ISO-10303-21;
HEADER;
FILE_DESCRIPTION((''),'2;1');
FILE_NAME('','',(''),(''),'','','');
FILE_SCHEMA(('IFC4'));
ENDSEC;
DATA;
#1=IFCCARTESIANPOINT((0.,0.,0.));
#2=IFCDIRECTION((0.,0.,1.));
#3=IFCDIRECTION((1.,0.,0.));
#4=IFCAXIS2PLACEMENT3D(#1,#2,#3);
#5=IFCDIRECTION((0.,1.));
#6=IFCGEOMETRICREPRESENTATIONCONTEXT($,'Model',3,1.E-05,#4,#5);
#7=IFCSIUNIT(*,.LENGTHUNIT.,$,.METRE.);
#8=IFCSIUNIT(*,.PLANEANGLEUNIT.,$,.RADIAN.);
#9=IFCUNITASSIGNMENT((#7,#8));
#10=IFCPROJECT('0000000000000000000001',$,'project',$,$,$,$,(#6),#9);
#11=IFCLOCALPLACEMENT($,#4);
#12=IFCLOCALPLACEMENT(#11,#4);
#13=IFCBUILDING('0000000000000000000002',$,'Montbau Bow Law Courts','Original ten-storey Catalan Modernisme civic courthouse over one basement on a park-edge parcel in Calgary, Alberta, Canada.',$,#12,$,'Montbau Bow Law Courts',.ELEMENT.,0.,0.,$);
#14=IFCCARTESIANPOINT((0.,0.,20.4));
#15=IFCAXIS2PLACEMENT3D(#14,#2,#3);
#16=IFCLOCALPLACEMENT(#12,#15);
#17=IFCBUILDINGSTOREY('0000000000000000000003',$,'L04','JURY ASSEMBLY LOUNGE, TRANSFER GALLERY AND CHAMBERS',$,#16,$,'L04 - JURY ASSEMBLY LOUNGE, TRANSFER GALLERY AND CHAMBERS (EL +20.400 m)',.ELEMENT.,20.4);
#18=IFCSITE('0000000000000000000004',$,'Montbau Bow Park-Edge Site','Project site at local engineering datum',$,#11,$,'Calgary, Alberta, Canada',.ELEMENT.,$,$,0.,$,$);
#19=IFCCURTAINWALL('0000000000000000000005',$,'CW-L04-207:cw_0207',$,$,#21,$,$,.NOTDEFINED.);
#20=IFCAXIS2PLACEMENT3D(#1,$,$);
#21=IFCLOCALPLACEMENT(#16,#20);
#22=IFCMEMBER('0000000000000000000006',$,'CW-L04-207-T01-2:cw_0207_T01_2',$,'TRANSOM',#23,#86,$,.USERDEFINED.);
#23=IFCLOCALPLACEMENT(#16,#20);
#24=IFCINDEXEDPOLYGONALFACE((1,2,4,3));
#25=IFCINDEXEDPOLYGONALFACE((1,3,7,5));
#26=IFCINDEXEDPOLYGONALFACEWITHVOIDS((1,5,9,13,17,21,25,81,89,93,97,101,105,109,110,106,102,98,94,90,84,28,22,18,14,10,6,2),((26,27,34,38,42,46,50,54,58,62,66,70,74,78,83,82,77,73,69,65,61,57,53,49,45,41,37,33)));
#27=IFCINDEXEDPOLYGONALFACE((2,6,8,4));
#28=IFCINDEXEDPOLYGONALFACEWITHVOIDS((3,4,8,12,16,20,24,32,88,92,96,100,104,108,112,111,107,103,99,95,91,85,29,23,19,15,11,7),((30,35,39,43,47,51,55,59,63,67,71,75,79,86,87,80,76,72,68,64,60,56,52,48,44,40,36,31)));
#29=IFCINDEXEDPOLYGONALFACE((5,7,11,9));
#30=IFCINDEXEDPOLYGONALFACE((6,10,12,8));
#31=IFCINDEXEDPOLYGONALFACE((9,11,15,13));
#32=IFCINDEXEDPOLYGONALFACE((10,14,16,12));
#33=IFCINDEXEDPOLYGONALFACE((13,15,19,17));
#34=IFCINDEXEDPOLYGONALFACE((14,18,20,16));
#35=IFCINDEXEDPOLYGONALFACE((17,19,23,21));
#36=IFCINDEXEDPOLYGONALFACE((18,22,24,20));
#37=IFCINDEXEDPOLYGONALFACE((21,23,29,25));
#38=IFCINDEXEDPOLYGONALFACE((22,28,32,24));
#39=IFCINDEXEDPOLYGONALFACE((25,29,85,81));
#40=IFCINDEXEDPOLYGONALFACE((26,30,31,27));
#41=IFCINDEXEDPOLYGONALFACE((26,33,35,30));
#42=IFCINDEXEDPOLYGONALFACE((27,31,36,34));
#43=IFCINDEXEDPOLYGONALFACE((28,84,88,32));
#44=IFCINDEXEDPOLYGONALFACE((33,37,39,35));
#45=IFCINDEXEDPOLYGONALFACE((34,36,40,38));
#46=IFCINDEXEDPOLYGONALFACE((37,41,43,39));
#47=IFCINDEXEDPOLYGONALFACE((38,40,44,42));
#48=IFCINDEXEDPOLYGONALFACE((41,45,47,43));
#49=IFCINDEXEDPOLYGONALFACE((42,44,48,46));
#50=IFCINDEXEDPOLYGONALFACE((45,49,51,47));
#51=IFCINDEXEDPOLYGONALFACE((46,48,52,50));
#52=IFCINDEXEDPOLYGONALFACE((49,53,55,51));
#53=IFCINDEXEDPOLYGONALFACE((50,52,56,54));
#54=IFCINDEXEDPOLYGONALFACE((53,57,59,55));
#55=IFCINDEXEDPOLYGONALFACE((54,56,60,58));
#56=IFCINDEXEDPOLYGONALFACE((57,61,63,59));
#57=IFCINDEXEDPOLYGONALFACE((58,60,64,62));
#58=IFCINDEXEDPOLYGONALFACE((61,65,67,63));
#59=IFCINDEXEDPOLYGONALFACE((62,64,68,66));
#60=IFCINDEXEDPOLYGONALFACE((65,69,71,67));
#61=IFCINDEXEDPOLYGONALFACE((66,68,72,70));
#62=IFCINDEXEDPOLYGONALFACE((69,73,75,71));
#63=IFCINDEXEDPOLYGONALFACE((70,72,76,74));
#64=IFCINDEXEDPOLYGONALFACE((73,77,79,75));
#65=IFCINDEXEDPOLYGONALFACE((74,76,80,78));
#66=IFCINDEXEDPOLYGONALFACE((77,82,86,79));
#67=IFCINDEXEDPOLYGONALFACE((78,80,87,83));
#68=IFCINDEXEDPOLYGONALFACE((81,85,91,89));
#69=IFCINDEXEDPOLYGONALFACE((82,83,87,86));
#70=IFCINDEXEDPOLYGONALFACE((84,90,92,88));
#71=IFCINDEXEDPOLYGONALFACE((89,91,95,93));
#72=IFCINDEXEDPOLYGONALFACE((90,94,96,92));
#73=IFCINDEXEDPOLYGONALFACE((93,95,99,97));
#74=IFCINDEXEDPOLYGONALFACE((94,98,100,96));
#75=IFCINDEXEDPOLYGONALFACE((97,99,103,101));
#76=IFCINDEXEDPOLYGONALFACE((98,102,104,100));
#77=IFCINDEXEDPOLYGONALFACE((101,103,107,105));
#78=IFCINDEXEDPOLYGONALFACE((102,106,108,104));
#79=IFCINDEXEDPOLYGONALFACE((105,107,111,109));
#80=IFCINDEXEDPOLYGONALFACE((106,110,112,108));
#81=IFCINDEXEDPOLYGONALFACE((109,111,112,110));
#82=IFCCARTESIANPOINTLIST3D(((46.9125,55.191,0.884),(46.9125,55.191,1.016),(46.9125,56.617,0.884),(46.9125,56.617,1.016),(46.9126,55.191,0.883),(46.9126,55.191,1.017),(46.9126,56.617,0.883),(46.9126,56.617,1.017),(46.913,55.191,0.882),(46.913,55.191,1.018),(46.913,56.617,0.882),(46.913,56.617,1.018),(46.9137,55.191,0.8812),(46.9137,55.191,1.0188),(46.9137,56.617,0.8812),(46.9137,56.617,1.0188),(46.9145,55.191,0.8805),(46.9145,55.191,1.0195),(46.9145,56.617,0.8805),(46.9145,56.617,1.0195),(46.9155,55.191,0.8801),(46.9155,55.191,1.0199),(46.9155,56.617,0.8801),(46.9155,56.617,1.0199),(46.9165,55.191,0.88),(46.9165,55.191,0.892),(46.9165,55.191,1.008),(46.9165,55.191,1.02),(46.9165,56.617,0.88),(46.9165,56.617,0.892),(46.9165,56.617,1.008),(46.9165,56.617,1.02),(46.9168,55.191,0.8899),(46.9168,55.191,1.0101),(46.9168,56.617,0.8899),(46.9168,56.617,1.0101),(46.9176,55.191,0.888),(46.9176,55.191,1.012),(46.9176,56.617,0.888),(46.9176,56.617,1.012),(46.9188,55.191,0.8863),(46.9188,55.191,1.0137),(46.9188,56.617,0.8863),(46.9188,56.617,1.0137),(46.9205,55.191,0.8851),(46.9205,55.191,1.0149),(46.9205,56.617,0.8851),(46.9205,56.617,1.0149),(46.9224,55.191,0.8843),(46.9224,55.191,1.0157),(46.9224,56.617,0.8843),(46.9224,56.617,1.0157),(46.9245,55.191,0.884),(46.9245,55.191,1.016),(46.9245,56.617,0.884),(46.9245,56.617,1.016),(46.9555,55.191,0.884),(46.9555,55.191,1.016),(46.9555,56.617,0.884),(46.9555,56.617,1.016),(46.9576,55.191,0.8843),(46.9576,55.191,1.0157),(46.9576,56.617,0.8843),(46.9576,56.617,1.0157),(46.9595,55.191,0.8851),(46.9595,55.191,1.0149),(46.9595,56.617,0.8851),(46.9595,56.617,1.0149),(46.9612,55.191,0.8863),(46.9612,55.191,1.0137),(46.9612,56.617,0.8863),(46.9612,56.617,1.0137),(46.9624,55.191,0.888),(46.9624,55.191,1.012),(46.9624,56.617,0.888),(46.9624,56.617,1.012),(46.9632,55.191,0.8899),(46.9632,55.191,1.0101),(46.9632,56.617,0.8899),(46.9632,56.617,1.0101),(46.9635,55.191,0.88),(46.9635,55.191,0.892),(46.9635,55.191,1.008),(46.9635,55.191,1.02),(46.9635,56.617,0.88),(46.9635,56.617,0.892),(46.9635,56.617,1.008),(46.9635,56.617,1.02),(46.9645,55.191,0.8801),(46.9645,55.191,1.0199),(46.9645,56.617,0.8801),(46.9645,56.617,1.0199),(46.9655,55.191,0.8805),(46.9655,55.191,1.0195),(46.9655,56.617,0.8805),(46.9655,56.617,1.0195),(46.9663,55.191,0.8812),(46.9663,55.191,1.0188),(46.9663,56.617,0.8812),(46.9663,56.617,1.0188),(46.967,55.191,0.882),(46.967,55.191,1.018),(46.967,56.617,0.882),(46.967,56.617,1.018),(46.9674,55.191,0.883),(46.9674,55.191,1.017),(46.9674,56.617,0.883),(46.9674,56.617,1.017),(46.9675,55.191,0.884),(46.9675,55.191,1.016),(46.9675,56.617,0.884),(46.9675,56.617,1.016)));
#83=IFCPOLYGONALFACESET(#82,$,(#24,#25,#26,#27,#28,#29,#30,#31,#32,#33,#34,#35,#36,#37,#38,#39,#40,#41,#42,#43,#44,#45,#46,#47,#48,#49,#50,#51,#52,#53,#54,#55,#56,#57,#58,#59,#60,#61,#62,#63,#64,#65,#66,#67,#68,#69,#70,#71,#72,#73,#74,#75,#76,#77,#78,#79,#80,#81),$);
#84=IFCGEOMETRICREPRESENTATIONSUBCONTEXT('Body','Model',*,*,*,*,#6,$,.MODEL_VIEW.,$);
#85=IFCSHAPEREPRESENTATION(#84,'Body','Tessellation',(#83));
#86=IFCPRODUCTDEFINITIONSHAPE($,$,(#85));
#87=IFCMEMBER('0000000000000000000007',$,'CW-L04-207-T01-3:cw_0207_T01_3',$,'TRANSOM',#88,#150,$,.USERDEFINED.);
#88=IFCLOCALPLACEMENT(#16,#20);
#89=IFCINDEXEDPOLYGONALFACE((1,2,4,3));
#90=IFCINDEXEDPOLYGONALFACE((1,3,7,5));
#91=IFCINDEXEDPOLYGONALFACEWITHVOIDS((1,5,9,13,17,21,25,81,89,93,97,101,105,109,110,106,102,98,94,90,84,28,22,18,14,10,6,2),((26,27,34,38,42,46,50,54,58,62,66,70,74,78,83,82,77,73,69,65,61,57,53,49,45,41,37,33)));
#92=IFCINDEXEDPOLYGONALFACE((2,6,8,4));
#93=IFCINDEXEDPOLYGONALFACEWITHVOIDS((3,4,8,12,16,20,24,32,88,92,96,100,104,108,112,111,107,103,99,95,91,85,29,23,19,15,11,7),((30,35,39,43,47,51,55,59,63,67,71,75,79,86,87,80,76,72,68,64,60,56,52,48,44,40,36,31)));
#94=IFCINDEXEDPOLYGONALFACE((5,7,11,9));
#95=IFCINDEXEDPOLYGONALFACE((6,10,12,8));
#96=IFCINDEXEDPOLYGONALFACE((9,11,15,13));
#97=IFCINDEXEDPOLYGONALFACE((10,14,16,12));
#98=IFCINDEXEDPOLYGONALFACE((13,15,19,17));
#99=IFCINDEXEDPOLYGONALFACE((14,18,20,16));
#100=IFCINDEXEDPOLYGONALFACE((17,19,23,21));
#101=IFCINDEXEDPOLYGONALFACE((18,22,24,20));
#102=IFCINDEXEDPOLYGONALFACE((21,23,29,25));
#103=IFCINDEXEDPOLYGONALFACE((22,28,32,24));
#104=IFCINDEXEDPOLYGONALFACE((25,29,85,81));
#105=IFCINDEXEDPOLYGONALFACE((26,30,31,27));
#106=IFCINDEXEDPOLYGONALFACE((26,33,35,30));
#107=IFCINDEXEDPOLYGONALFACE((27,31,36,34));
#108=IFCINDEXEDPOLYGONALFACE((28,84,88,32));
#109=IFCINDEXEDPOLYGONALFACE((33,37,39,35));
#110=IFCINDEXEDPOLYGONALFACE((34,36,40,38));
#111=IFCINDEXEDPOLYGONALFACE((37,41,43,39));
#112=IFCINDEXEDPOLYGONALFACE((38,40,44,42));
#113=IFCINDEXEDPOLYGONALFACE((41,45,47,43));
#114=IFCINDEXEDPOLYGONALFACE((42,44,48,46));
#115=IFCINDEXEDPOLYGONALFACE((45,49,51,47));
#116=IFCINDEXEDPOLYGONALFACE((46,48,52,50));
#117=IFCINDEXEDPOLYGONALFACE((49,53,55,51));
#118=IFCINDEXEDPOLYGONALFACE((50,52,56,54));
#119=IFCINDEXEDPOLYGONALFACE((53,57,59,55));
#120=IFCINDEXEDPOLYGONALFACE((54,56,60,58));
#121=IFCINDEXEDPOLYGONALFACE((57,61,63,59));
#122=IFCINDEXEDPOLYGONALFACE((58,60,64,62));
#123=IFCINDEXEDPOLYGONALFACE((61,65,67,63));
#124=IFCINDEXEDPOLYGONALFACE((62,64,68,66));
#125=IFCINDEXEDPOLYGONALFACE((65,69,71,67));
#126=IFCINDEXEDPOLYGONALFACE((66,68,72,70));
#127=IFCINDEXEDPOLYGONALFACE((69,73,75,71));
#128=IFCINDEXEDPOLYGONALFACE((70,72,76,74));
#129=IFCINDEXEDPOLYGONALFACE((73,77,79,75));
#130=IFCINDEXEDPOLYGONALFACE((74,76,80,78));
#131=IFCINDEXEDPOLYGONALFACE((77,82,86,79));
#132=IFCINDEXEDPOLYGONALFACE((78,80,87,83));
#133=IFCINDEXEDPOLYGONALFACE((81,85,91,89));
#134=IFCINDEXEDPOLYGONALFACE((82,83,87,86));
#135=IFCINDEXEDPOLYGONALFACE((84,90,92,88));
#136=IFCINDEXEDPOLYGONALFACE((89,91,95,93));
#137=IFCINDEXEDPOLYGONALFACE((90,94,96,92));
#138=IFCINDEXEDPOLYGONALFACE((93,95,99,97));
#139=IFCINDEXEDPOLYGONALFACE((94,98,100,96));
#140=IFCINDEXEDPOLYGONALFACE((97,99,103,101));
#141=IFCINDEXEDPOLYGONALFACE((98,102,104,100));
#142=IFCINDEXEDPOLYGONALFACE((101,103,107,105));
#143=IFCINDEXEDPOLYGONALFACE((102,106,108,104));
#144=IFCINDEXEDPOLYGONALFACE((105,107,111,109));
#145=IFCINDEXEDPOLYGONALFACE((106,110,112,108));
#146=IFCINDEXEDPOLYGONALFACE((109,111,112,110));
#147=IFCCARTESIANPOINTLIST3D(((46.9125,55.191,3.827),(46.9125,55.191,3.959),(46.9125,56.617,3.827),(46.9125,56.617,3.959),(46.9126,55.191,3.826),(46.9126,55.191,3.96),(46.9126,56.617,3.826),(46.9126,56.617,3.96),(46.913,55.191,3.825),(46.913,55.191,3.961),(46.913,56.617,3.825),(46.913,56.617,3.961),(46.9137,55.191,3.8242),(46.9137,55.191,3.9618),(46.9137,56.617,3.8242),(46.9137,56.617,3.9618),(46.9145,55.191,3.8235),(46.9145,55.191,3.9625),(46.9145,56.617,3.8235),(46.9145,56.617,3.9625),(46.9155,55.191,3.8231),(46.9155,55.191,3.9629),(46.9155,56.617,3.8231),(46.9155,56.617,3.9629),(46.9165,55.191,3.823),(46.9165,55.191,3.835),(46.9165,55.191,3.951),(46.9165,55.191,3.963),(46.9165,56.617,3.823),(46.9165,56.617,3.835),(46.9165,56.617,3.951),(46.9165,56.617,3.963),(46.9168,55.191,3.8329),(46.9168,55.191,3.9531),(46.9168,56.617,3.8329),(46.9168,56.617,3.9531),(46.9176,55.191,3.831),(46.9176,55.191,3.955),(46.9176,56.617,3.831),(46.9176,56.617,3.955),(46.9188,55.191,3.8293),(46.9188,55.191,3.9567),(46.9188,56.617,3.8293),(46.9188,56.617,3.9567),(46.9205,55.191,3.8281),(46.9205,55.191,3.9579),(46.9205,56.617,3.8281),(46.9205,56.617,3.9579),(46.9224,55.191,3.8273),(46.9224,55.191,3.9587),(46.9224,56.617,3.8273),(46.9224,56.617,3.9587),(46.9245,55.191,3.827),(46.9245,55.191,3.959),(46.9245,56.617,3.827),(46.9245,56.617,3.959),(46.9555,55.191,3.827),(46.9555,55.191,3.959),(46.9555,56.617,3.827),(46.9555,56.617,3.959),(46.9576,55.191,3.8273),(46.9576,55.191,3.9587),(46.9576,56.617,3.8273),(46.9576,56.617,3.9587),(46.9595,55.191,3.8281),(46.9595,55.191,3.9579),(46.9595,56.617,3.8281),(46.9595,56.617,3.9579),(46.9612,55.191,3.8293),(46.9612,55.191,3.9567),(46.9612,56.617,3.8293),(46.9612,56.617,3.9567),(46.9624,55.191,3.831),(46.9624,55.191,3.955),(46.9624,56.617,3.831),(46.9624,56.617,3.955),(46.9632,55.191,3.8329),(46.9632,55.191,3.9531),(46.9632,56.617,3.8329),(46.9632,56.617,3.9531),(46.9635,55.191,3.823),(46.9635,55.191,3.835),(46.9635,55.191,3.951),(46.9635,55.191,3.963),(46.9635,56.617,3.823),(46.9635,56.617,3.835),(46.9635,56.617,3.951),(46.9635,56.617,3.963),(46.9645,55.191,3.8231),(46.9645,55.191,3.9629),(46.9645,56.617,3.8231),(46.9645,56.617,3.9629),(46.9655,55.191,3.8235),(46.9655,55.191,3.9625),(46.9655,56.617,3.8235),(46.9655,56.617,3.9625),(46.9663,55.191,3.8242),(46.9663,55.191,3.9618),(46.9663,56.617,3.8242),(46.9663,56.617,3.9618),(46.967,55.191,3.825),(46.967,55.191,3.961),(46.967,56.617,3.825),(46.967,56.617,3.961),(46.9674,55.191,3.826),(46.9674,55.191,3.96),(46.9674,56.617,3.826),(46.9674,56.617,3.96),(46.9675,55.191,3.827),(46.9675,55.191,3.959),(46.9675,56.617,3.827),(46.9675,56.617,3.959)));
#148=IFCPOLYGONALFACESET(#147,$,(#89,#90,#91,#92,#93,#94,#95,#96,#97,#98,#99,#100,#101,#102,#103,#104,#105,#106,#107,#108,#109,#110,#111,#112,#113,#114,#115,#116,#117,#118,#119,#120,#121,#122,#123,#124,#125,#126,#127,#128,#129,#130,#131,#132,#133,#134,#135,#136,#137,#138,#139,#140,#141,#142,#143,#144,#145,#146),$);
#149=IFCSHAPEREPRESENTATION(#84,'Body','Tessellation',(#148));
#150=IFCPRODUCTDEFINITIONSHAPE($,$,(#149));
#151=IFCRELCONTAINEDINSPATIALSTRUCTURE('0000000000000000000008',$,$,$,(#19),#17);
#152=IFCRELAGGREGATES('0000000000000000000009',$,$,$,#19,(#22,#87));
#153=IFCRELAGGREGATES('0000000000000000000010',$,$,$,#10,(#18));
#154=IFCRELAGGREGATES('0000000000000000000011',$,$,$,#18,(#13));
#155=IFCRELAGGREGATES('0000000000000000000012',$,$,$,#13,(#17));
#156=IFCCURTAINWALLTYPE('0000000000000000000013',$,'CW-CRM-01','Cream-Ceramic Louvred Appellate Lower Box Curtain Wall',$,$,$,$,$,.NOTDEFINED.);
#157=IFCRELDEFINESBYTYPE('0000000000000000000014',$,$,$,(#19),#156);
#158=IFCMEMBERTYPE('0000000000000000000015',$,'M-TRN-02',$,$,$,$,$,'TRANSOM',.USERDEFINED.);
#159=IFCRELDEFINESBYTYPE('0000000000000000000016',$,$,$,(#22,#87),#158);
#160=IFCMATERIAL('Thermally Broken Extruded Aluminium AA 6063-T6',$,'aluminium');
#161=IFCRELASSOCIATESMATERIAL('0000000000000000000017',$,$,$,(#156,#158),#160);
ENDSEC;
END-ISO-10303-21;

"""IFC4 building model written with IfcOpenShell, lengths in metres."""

from ifc_helpers import new_model, si_unit, direction, frame, origin_with_axes, origin_2d_with_axis, place, context, subcontext, project, spatial, hollow_rectangle, extrude, material, material_profile, profile_set, type_object, element, aggregate, save


model = new_model("IFC4")

# Units and contexts
model_context = context("Model", 3, precision=1e-05, world=origin_with_axes(), true_north=direction((0.0, 1.0)))
body_context = subcontext(model_context, "Body", "Model", "MODEL_VIEW")
ifc_project = project(units=[si_unit("LENGTHUNIT", "METRE"), si_unit("PLANEANGLEUNIT", "RADIAN")], contexts=[model_context])

# Site, building, storey
site_placement = place(None, origin_with_axes())
site = spatial("IfcSite", under=ifc_project, at=site_placement, Name="Montbau Bow Park-Edge Site", Description="Project site at local engineering datum", LongName="Calgary, Alberta, Canada", CompositionType="ELEMENT", RefElevation=0.0)
building_placement = place(site_placement, origin_with_axes())
building = spatial("IfcBuilding", under=site, at=building_placement, Name="Montbau Bow Law Courts", Description="Original ten-storey Catalan Modernisme civic courthouse over one basement on a park-edge parcel in Calgary, Alberta, Canada.", LongName="Montbau Bow Law Courts", CompositionType="ELEMENT", ElevationOfRefHeight=0.0, ElevationOfTerrain=0.0)
storey_placement = place(building_placement, frame((0.0, 0.0, 20.4), z_axis=(0.0, 0.0, 1.0), x_axis=(1.0, 0.0, 0.0)))
storey = spatial("IfcBuildingStorey", under=building, at=storey_placement, Name="L04", Description="JURY ASSEMBLY LOUNGE, TRANSFER GALLERY AND CHAMBERS", LongName="L04 - JURY ASSEMBLY LOUNGE, TRANSFER GALLERY AND CHAMBERS (EL +20.400 m)", CompositionType="ELEMENT", Elevation=20.4)

# Curtain wall
ifc_material_1 = material(Name="Thermally Broken Extruded Aluminium AA 6063-T6", Category="aluminium")
curtain_wall_type = type_object("IfcCurtainWallType", Name="CW-CRM-01", Description="Cream-Ceramic Louvred Appellate Lower Box Curtain Wall", PredefinedType="NOTDEFINED", material=ifc_material_1)
curtain_wall_1_placement = place(None, frame((46.94, 55.115, 20.4), z_axis=(0.0, 0.0, 1.0), x_axis=(1.0, 0.0, 0.0)))
curtain_wall_1 = element("IfcCurtainWall", 1, at=curtain_wall_1_placement, inside=storey, type_object=curtain_wall_type, Name="CW-L04-207:cw_0207", PredefinedType="NOTDEFINED")

# Members
ifc_material_profile_1 = material_profile(ifc_material_1, hollow_rectangle(XDim=0.055, YDim=0.14, WallThickness=0.004, InnerFilletRadius=0.008, OuterFilletRadius=0.004, at=origin_2d_with_axis()), Name="CWT-140X55", Category="Main", Priority=0)
ifc_profile_set_1 = profile_set([ifc_material_profile_1], Name="Thermally Broken Extruded Aluminium AA 6063-T6")
member_type_1 = type_object("IfcMemberType", Name="M-TRN-02", ElementType="TRANSOM", PredefinedType="USERDEFINED", material=ifc_profile_set_1)
member_1_placement = place(None, frame((46.94, 55.191, 21.35), z_axis=(0.0, 1.0, 0.0), x_axis=(-1.0, 0.0, 0.0)))
member_1 = element("IfcMember", 2, at=member_1_placement, type_object=member_type_1, Name="CW-L04-207-T01-2:cw_0207_T01_2", ObjectType="TRANSOM", PredefinedType="USERDEFINED", context=body_context, shape_type="SweptSolid", body=[
    extrude(hollow_rectangle(XDim=0.055, YDim=0.14, WallThickness=0.004, InnerFilletRadius=0.008, OuterFilletRadius=0.004, at=origin_2d_with_axis()), origin_with_axes(), (0.0, 0.0, 1.0), 1.426),
])
member_2_placement = place(None, frame((46.94, 55.191, 24.293), z_axis=(0.0, 1.0, 0.0), x_axis=(-1.0, 0.0, 0.0)))
member_2 = element("IfcMember", 3, at=member_2_placement, type_object=member_type_1, Name="CW-L04-207-T01-3:cw_0207_T01_3", ObjectType="TRANSOM", PredefinedType="USERDEFINED", context=body_context, shape_type="SweptSolid", body=[
    extrude(hollow_rectangle(XDim=0.055, YDim=0.14, WallThickness=0.004, InnerFilletRadius=0.008, OuterFilletRadius=0.004, at=origin_2d_with_axis()), origin_with_axes(), (0.0, 0.0, 1.0), 1.426),
])

aggregate(curtain_wall_1, [member_1, member_2])

save(model, "model.ifc")
